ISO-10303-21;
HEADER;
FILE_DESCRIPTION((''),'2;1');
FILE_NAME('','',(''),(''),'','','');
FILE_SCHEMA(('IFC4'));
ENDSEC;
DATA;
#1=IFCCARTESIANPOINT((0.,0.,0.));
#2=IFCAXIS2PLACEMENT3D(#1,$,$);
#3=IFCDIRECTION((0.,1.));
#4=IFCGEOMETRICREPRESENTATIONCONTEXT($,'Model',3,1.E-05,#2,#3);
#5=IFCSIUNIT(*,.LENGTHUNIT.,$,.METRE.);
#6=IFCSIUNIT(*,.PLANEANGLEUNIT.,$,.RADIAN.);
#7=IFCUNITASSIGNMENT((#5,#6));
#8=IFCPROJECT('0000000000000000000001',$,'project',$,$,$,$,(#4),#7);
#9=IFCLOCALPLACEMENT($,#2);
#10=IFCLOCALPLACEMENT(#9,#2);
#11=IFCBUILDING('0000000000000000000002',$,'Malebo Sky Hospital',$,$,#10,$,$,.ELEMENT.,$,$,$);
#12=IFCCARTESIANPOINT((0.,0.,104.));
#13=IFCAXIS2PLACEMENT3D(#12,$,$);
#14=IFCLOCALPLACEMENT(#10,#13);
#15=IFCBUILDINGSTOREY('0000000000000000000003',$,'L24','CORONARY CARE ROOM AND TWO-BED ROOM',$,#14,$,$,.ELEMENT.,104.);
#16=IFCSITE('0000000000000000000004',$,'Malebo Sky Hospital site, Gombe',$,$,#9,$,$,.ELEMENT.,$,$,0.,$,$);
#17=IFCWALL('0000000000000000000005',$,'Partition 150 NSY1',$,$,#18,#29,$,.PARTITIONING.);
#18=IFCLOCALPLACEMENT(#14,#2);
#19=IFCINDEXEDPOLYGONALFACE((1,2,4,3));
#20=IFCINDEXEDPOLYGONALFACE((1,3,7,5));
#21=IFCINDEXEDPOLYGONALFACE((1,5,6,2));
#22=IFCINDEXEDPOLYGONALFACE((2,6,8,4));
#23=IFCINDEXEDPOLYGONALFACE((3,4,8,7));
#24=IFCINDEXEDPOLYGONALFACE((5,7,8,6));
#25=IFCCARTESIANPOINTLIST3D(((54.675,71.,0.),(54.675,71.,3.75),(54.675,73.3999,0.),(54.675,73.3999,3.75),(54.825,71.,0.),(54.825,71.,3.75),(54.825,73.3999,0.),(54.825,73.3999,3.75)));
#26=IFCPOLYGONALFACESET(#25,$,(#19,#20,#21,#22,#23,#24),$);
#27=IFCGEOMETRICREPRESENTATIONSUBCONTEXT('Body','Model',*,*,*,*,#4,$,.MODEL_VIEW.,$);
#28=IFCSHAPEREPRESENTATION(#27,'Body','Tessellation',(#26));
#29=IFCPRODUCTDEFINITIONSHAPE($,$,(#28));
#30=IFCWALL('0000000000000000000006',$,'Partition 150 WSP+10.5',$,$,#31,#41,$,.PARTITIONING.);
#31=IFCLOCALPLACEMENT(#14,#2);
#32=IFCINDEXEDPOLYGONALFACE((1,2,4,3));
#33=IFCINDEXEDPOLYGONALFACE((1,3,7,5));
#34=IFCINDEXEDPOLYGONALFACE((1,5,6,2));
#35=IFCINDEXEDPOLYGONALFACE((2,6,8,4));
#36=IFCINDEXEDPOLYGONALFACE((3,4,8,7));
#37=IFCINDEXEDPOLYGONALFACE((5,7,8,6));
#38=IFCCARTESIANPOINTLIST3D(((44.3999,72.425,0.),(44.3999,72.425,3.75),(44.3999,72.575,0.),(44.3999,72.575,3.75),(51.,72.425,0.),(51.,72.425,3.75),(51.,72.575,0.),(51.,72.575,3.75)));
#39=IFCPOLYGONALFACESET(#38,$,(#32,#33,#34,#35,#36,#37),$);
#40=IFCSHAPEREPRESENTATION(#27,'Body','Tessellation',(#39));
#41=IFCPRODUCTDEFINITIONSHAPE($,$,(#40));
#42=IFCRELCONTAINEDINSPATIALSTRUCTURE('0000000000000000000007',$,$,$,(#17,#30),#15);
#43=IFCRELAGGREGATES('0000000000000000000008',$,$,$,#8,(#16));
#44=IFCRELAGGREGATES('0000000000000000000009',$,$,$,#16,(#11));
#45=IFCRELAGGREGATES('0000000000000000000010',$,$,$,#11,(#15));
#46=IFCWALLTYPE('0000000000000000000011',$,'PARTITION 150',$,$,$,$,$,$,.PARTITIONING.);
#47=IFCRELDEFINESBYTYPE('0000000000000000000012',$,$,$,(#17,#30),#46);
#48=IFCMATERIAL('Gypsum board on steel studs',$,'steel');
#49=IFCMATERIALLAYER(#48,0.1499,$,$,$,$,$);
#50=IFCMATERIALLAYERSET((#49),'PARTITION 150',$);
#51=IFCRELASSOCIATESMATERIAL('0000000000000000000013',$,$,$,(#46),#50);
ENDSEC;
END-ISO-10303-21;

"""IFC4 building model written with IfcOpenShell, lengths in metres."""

from ifc_helpers import new_model, si_unit, direction, frame, frame_2d, origin, place, context, subcontext, project, spatial, rectangle, extrude, material, layer, layer_set, type_object, element, save


model = new_model("IFC4")

# Units and contexts
model_context = context("Model", 3, precision=1e-05, world=origin(), true_north=direction((0.0, 1.0)))
body_context = subcontext(model_context, "Body", "Model", "MODEL_VIEW")
ifc_project = project(units=[si_unit("LENGTHUNIT", "METRE"), si_unit("PLANEANGLEUNIT", "RADIAN")], contexts=[model_context])

# Site, building, storey
site_placement = place(None, origin())
site = spatial("IfcSite", under=ifc_project, at=site_placement, Name="Malebo Sky Hospital site, Gombe", CompositionType="ELEMENT", RefElevation=0.0)
building_placement = place(site_placement, origin())
building = spatial("IfcBuilding", under=site, at=building_placement, Name="Malebo Sky Hospital", CompositionType="ELEMENT")
storey_placement = place(building_placement, frame((0.0, 0.0, 104.0)))
storey = spatial("IfcBuildingStorey", under=building, at=storey_placement, Name="L24", Description="CORONARY CARE ROOM AND TWO-BED ROOM", CompositionType="ELEMENT", Elevation=104.0)

# Shared definitions
ifc_material_1 = material(Name="Gypsum board on steel studs", Category="steel")

# Shared definitions
ifc_layer_1 = layer(ifc_material_1, 0.1499)
ifc_layer_set_1 = layer_set([ifc_layer_1], Name="PARTITION 150")
wall_type_1 = type_object("IfcWallType", Name="PARTITION 150", PredefinedType="PARTITIONING", material=ifc_layer_set_1)

# Walls
wall_1_placement = place(storey_placement, frame((54.75, 71.0, 0.0), z_axis=(0.0, 0.0, 1.0), x_axis=(0.0, 1.0, 0.0)))
element("IfcWall", 1, at=wall_1_placement, inside=storey, type_object=wall_type_1, Name="Partition 150 NSY1", PredefinedType="PARTITIONING", context=body_context, shape_type="SweptSolid", body=[
    extrude(rectangle(XDim=2.3999, YDim=0.1499, at=frame_2d((1.2, 0.0))), origin(), (0.0, 0.0, 1.0), 3.75),
])
wall_2_placement = place(storey_placement, frame((51.0, 72.5, 0.0), z_axis=(0.0, 0.0, 1.0), x_axis=(-1.0, 0.0, 0.0)))
element("IfcWall", 2, at=wall_2_placement, inside=storey, type_object=wall_type_1, Name="Partition 150 WSP+10.5", PredefinedType="PARTITIONING", context=body_context, shape_type="SweptSolid", body=[
    extrude(rectangle(XDim=6.6001, YDim=0.1499, at=frame_2d((3.3, 0.0))), origin(), (0.0, 0.0, 1.0), 3.75),
])

save(model, "model.ifc")
